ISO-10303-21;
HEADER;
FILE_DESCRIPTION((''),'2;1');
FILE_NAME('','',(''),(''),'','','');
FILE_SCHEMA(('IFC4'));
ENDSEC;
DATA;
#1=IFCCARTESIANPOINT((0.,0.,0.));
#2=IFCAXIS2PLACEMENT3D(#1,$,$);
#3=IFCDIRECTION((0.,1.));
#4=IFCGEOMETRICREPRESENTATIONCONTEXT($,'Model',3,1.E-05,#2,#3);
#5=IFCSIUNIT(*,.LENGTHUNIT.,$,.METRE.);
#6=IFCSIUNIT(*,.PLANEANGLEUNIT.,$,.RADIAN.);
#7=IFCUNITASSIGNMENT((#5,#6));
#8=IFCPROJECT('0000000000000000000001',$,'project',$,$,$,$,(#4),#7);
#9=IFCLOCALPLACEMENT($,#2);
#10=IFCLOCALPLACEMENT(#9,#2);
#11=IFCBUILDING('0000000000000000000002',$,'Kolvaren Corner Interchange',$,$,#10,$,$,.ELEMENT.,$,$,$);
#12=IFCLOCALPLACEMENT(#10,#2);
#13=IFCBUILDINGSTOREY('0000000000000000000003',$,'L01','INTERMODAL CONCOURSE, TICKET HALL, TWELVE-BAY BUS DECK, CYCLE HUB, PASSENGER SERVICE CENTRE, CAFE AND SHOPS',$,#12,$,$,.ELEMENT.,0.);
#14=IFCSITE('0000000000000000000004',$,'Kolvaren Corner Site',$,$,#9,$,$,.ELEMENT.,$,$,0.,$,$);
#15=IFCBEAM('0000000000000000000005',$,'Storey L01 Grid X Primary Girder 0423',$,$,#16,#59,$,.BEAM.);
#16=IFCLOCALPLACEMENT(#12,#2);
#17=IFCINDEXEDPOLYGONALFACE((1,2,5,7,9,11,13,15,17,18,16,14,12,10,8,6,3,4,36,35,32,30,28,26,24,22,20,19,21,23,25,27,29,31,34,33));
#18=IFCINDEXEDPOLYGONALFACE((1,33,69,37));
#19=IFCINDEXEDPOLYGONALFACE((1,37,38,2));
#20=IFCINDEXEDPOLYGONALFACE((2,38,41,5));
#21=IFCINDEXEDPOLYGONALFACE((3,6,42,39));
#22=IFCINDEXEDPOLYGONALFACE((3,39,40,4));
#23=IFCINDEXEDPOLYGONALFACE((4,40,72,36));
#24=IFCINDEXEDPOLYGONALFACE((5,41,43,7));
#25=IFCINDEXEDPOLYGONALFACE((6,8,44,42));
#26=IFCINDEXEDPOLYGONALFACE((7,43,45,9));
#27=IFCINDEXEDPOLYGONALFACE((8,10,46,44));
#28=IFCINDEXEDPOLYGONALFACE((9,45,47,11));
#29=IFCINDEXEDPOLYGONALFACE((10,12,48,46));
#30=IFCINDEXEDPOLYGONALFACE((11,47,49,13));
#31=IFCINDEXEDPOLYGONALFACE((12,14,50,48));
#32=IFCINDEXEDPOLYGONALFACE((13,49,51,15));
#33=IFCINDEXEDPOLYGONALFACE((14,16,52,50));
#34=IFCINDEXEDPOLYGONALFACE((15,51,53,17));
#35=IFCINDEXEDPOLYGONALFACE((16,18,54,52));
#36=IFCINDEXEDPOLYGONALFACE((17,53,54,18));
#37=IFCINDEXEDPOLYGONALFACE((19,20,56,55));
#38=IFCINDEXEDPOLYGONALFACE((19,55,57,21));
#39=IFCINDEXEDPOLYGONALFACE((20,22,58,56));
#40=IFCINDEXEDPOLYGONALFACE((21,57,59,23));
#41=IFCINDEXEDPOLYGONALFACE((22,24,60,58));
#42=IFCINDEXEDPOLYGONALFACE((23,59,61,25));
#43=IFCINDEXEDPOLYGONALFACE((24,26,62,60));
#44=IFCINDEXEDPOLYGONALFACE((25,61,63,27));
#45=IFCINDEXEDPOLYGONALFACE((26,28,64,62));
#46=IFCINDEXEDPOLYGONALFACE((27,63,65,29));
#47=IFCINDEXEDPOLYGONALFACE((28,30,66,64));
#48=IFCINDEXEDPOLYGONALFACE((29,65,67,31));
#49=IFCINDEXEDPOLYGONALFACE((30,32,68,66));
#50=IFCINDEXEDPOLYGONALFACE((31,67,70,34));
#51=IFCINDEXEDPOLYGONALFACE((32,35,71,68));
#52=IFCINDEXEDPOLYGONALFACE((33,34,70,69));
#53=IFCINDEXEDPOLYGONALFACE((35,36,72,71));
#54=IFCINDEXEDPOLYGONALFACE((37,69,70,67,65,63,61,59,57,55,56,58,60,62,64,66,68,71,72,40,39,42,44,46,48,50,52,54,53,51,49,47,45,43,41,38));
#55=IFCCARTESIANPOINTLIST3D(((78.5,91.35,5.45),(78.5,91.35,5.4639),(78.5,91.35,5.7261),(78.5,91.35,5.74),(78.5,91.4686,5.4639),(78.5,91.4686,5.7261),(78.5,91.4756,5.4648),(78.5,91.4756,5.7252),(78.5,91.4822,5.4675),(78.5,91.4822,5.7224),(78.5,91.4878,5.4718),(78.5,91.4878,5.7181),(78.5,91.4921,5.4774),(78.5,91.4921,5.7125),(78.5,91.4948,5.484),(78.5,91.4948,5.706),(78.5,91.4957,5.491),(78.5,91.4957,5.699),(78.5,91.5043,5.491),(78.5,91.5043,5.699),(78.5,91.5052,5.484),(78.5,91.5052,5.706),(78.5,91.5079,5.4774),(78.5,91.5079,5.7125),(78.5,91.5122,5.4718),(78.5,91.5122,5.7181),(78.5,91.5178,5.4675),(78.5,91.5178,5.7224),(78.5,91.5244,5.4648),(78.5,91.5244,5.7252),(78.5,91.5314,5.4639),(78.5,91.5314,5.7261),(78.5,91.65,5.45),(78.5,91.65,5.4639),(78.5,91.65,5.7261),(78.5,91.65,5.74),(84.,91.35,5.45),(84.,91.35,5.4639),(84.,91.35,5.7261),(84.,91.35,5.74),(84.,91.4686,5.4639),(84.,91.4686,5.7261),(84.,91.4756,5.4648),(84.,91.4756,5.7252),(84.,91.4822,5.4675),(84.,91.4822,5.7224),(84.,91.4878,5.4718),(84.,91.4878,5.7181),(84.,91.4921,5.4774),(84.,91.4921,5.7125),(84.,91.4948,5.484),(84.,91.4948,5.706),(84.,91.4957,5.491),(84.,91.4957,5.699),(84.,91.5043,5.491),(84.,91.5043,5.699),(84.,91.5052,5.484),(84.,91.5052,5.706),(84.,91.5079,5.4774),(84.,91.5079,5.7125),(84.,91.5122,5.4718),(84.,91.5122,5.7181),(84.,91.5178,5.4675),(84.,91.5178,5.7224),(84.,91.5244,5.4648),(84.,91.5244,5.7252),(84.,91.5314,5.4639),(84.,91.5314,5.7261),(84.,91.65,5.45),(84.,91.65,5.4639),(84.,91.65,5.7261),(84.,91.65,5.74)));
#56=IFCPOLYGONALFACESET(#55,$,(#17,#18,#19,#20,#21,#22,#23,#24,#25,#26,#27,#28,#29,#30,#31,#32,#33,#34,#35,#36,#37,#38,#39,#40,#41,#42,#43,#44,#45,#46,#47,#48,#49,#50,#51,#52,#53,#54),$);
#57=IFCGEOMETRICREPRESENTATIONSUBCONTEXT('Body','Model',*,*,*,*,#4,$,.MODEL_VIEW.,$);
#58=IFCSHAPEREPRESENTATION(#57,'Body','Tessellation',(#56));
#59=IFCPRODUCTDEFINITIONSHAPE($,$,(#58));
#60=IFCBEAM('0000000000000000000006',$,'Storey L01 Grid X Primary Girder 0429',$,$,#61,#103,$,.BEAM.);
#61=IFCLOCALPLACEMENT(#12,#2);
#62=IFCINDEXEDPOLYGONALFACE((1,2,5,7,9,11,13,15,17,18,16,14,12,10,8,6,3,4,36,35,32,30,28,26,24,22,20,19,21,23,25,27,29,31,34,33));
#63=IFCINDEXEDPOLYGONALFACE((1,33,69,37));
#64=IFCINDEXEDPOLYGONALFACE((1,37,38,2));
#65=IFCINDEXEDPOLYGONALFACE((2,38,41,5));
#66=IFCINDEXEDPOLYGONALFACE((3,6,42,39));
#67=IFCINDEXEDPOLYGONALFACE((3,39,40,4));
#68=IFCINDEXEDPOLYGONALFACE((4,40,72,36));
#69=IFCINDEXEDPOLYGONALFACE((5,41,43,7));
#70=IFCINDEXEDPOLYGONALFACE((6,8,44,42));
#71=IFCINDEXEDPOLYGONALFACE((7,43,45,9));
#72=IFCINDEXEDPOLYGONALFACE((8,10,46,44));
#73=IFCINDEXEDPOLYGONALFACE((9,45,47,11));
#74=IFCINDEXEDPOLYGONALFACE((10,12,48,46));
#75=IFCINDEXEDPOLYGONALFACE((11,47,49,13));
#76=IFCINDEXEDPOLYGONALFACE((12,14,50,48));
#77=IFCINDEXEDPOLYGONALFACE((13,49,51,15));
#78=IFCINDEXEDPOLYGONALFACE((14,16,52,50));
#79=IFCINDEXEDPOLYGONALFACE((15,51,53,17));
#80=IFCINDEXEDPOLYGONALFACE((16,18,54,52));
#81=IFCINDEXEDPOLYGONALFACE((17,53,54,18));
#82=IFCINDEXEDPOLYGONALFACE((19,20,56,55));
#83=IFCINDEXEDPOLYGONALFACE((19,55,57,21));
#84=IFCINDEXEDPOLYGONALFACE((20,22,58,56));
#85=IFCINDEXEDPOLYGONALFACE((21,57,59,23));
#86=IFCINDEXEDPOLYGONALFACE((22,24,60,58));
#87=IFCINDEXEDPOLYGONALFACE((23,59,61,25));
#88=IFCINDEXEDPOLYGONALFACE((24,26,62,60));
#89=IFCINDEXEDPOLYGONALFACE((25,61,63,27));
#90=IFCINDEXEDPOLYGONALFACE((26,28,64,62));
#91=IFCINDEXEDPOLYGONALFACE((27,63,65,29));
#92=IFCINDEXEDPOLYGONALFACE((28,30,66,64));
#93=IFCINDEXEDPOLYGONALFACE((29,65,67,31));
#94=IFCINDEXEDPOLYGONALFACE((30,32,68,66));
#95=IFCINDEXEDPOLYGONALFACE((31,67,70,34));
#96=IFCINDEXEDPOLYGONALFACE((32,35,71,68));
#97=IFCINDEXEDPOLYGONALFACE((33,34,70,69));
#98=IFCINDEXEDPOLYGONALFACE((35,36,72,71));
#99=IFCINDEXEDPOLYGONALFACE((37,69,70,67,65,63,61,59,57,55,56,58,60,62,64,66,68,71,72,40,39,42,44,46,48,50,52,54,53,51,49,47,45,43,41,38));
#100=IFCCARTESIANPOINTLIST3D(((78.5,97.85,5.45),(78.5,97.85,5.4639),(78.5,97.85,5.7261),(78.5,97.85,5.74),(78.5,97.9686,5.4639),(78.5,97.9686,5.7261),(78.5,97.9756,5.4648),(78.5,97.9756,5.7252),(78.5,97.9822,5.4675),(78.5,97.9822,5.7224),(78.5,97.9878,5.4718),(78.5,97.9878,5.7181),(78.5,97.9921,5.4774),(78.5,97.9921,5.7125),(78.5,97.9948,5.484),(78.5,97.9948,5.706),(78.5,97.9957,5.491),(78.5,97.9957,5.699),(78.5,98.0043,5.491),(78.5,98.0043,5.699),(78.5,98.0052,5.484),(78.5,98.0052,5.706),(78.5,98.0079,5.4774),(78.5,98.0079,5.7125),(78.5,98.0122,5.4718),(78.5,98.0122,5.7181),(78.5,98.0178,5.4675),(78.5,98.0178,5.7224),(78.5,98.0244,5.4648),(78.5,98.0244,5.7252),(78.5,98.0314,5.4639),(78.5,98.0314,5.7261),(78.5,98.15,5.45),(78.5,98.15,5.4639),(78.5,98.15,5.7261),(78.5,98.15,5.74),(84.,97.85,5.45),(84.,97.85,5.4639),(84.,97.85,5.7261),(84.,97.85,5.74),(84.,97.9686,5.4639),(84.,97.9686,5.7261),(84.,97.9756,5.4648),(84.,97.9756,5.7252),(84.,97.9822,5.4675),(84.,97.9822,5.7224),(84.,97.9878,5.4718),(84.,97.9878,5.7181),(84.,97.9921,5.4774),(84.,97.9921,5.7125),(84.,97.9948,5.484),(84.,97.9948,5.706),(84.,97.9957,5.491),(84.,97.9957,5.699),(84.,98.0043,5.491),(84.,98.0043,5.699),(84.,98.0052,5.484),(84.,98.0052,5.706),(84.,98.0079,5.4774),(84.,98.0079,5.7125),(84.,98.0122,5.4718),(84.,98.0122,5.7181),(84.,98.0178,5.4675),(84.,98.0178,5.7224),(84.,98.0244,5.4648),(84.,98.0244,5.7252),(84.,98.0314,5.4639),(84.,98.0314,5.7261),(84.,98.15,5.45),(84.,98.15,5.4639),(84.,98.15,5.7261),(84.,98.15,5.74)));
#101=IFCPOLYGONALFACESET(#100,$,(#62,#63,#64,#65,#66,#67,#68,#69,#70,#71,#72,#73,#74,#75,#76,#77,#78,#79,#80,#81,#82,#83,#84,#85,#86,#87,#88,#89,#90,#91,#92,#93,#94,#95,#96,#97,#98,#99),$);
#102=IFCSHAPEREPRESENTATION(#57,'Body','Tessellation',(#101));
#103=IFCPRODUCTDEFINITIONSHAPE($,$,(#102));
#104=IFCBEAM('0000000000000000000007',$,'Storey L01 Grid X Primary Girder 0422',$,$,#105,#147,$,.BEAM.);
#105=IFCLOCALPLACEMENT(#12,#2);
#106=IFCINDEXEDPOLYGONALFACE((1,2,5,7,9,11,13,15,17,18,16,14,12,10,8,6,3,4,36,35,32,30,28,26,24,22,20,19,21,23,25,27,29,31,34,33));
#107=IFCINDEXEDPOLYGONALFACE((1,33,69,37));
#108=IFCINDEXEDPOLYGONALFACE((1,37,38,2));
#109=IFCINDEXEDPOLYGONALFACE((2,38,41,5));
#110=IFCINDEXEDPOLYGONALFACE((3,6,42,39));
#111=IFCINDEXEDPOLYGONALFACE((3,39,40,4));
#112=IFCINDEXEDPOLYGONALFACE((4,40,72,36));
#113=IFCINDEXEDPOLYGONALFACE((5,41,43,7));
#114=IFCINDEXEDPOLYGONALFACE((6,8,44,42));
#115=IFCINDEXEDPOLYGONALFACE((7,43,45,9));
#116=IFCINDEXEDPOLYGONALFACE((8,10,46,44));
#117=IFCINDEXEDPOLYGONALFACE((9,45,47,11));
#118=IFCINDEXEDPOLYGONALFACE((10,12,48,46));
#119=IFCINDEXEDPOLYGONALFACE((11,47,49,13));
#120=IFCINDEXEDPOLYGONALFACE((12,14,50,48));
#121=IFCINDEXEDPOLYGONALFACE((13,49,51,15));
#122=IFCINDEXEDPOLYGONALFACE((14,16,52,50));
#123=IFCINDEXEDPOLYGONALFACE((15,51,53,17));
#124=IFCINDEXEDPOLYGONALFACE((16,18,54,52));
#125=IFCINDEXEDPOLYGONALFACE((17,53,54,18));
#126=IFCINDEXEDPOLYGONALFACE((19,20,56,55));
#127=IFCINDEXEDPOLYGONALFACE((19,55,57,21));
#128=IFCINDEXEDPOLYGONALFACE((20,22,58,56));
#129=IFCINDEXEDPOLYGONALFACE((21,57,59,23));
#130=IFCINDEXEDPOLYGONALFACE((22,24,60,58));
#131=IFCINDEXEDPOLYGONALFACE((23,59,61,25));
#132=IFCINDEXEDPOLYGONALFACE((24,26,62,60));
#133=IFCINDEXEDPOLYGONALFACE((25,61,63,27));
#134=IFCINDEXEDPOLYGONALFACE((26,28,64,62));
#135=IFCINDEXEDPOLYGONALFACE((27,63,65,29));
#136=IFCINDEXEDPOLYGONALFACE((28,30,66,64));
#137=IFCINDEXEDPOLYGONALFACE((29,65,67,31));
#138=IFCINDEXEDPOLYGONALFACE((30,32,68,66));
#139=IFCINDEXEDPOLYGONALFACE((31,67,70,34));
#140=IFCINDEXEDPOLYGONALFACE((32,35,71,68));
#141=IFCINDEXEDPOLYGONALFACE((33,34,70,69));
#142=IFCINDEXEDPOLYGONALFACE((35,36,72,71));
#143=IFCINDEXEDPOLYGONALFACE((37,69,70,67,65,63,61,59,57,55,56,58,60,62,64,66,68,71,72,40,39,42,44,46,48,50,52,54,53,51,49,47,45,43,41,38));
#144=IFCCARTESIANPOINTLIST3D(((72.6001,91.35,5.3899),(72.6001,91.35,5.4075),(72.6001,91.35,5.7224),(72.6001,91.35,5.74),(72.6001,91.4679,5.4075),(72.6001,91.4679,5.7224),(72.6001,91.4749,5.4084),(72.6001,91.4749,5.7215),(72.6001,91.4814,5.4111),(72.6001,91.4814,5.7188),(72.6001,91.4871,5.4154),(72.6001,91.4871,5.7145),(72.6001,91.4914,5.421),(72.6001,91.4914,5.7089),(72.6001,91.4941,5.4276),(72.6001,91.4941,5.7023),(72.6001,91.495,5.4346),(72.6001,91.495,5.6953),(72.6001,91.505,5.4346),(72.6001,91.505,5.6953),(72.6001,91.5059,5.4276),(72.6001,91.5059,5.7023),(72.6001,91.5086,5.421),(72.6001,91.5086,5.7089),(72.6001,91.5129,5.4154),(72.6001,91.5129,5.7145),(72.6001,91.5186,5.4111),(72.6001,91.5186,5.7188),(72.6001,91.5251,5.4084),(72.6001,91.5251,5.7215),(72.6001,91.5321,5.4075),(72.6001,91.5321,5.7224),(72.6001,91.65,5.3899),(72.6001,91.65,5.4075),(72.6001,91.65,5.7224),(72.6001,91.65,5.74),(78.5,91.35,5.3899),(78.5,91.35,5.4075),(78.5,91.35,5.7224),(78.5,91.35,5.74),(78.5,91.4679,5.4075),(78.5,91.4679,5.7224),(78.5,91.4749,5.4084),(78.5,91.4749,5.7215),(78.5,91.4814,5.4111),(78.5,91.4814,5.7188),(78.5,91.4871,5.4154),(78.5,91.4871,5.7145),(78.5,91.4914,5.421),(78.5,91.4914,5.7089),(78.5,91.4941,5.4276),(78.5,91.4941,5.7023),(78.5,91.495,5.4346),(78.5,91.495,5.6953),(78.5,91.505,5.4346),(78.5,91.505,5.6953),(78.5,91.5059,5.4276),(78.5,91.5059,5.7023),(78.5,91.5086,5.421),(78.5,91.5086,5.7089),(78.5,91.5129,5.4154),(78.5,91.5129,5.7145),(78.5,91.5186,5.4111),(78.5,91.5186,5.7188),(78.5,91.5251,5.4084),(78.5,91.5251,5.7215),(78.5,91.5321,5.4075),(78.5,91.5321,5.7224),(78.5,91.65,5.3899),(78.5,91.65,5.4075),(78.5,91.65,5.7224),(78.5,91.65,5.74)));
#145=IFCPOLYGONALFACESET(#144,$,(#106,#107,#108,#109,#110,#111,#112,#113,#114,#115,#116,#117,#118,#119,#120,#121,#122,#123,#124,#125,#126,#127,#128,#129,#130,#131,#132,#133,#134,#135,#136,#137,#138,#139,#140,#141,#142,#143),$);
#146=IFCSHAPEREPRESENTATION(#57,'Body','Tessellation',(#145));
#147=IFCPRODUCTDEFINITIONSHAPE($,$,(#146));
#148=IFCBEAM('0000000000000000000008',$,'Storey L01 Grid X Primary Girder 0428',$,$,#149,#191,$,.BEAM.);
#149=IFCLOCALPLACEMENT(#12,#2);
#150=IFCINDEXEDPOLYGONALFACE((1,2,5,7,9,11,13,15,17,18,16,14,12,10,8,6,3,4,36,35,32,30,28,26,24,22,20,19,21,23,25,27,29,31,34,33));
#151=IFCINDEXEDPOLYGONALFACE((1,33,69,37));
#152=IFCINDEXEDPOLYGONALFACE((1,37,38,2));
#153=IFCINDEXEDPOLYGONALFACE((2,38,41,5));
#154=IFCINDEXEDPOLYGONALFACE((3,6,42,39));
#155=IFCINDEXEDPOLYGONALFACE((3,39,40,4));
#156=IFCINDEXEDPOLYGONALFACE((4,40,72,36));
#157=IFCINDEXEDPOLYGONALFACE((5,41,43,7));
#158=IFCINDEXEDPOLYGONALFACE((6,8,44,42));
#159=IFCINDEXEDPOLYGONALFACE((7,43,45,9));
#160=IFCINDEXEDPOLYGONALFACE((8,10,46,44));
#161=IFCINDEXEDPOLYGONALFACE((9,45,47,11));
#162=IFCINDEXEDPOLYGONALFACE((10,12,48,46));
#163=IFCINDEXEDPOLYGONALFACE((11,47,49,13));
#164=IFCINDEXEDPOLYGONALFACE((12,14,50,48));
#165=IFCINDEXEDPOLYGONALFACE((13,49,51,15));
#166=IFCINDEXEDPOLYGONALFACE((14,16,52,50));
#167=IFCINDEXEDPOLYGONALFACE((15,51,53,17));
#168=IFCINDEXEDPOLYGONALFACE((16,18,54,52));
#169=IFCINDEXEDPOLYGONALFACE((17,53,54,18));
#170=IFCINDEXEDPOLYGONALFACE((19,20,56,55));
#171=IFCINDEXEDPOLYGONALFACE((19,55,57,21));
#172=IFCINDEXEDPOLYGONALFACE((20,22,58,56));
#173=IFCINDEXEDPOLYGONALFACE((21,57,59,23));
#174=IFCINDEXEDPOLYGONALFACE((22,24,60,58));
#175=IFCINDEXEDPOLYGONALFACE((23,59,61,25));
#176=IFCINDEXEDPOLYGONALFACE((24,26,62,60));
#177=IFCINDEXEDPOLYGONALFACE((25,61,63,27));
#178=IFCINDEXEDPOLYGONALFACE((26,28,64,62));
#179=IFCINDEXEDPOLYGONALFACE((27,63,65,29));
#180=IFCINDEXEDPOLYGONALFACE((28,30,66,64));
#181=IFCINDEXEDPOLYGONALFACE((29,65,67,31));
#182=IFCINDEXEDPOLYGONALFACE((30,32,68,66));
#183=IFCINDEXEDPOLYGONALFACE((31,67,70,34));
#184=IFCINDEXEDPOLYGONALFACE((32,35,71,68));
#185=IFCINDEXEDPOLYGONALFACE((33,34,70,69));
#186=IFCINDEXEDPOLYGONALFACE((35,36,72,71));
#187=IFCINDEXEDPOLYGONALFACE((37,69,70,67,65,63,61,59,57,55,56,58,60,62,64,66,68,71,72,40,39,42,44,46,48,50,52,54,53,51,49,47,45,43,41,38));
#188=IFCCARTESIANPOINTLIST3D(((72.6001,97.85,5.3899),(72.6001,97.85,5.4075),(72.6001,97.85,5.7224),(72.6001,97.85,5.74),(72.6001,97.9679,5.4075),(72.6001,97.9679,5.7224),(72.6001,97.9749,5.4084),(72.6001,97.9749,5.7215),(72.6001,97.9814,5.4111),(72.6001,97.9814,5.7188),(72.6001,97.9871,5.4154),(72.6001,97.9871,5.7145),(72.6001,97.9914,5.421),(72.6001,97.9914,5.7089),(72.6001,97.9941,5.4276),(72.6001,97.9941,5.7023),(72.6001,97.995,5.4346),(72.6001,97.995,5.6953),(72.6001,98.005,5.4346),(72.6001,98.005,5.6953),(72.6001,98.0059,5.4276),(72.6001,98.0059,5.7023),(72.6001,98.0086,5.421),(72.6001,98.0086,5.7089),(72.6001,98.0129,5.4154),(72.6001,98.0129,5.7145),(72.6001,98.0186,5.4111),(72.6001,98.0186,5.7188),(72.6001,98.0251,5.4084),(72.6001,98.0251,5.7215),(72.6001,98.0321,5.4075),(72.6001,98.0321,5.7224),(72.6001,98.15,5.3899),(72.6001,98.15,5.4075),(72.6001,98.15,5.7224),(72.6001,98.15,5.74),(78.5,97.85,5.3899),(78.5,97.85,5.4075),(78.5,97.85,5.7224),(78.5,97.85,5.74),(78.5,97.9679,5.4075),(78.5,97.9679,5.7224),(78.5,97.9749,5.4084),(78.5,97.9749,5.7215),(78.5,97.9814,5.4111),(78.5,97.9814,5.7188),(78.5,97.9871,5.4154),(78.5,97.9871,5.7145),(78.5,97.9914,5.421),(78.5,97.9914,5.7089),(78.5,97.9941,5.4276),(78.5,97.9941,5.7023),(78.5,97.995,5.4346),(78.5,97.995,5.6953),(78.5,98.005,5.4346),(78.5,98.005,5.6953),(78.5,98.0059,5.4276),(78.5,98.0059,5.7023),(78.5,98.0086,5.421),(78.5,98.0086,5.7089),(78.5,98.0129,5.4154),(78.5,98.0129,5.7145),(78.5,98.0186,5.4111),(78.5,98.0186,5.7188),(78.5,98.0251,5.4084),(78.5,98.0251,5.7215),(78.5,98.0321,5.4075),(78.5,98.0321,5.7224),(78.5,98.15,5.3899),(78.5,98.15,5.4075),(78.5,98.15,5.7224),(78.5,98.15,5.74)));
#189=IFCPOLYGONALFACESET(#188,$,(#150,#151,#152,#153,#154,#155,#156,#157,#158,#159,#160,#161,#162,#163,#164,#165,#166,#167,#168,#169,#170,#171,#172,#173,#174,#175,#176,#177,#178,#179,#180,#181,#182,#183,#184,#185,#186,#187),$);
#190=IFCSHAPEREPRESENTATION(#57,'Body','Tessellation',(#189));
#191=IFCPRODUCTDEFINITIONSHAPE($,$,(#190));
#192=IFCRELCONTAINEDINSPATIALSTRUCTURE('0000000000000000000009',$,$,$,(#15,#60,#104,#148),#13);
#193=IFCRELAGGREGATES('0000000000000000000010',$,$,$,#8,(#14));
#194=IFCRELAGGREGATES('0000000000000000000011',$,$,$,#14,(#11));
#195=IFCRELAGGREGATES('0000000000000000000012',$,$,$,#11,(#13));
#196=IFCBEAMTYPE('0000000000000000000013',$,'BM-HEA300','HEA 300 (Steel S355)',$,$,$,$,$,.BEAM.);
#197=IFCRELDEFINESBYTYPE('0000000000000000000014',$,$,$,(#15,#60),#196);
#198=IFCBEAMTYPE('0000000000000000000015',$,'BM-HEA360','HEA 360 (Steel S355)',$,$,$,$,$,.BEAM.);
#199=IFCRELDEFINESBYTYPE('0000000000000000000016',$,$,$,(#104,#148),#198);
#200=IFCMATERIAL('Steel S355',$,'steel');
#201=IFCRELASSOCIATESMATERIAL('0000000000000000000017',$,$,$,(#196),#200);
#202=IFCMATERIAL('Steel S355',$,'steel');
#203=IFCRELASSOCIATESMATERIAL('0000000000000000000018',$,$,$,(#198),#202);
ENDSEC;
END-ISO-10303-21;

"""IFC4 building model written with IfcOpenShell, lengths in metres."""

from ifc_helpers import new_model, si_unit, direction, frame, origin, origin_2d, place, context, subcontext, project, spatial, i_section, extrude, material, material_profile, profile_set, type_object, element, save


model = new_model("IFC4")

# Units and contexts
model_context = context("Model", 3, precision=1e-05, world=origin(), true_north=direction((0.0, 1.0)))
body_context = subcontext(model_context, "Body", "Model", "MODEL_VIEW")
ifc_project = project(units=[si_unit("LENGTHUNIT", "METRE"), si_unit("PLANEANGLEUNIT", "RADIAN")], contexts=[model_context])

# Site, building, storey
site_placement = place(None, origin())
site = spatial("IfcSite", under=ifc_project, at=site_placement, Name="Kolvaren Corner Site", CompositionType="ELEMENT", RefElevation=0.0)
building_placement = place(site_placement, origin())
building = spatial("IfcBuilding", under=site, at=building_placement, Name="Kolvaren Corner Interchange", CompositionType="ELEMENT")
storey_placement = place(building_placement, origin())
storey = spatial("IfcBuildingStorey", under=building, at=storey_placement, Name="L01", Description="INTERMODAL CONCOURSE, TICKET HALL, TWELVE-BAY BUS DECK, CYCLE HUB, PASSENGER SERVICE CENTRE, CAFE AND SHOPS", CompositionType="ELEMENT", Elevation=0.0)

# Beams
ifc_material_1 = material(Name="Steel S355", Category="steel")
ifc_material_profile_1 = material_profile(ifc_material_1, i_section(OverallWidth=0.3, OverallDepth=0.29, WebThickness=0.0085, FlangeThickness=0.0139, FilletRadius=0.0271, at=origin_2d()), Name="HEA 300")
ifc_profile_set_1 = profile_set([ifc_material_profile_1], Name="Steel S355")
beam_type_1 = type_object("IfcBeamType", Name="BM-HEA300", Description="HEA 300 (Steel S355)", PredefinedType="BEAM", material=ifc_profile_set_1)
for number, where, z_axis, x_axis, name in (
    (1, (78.5, 91.5, 5.595), (1.0, 0.0, 0.0), (0.0, 1.0, 0.0), "Storey L01 Grid X Primary Girder 0423"),
    (2, (78.5, 98.0, 5.595), (1.0, 0.0, 0.0), (0.0, 1.0, 0.0), "Storey L01 Grid X Primary Girder 0429"),
):
    element("IfcBeam", number, at=place(storey_placement, frame(where, z_axis=z_axis, x_axis=x_axis)), inside=storey, type_object=beam_type_1, Name=name, PredefinedType="BEAM", context=body_context, shape_type="SweptSolid", body=[
        extrude(i_section(OverallWidth=0.3, OverallDepth=0.29, WebThickness=0.0085, FlangeThickness=0.0139, FilletRadius=0.0271, at=origin_2d()), origin(), (0.0, 0.0, 1.0), 5.5),
    ])
ifc_material_2 = material(Name="Steel S355", Category="steel")
ifc_material_profile_2 = material_profile(ifc_material_2, i_section(OverallWidth=0.3, OverallDepth=0.3501, WebThickness=0.01, FlangeThickness=0.0176, FilletRadius=0.0271, at=origin_2d()), Name="HEA 360")
ifc_profile_set_2 = profile_set([ifc_material_profile_2], Name="Steel S355")
beam_type_2 = type_object("IfcBeamType", Name="BM-HEA360", Description="HEA 360 (Steel S355)", PredefinedType="BEAM", material=ifc_profile_set_2)
for number, where, z_axis, x_axis, name in (
    (3, (72.6001, 91.5, 5.5649), (1.0, 0.0, 0.0), (0.0, 1.0, 0.0), "Storey L01 Grid X Primary Girder 0422"),
    (4, (72.6001, 98.0, 5.5649), (1.0, 0.0, 0.0), (0.0, 1.0, 0.0), "Storey L01 Grid X Primary Girder 0428"),
):
    element("IfcBeam", number, at=place(storey_placement, frame(where, z_axis=z_axis, x_axis=x_axis)), inside=storey, type_object=beam_type_2, Name=name, PredefinedType="BEAM", context=body_context, shape_type="SweptSolid", body=[
        extrude(i_section(OverallWidth=0.3, OverallDepth=0.3501, WebThickness=0.01, FlangeThickness=0.0176, FilletRadius=0.0271, at=origin_2d()), origin(), (0.0, 0.0, 1.0), 5.8999),
    ])

save(model, "model.ifc")
